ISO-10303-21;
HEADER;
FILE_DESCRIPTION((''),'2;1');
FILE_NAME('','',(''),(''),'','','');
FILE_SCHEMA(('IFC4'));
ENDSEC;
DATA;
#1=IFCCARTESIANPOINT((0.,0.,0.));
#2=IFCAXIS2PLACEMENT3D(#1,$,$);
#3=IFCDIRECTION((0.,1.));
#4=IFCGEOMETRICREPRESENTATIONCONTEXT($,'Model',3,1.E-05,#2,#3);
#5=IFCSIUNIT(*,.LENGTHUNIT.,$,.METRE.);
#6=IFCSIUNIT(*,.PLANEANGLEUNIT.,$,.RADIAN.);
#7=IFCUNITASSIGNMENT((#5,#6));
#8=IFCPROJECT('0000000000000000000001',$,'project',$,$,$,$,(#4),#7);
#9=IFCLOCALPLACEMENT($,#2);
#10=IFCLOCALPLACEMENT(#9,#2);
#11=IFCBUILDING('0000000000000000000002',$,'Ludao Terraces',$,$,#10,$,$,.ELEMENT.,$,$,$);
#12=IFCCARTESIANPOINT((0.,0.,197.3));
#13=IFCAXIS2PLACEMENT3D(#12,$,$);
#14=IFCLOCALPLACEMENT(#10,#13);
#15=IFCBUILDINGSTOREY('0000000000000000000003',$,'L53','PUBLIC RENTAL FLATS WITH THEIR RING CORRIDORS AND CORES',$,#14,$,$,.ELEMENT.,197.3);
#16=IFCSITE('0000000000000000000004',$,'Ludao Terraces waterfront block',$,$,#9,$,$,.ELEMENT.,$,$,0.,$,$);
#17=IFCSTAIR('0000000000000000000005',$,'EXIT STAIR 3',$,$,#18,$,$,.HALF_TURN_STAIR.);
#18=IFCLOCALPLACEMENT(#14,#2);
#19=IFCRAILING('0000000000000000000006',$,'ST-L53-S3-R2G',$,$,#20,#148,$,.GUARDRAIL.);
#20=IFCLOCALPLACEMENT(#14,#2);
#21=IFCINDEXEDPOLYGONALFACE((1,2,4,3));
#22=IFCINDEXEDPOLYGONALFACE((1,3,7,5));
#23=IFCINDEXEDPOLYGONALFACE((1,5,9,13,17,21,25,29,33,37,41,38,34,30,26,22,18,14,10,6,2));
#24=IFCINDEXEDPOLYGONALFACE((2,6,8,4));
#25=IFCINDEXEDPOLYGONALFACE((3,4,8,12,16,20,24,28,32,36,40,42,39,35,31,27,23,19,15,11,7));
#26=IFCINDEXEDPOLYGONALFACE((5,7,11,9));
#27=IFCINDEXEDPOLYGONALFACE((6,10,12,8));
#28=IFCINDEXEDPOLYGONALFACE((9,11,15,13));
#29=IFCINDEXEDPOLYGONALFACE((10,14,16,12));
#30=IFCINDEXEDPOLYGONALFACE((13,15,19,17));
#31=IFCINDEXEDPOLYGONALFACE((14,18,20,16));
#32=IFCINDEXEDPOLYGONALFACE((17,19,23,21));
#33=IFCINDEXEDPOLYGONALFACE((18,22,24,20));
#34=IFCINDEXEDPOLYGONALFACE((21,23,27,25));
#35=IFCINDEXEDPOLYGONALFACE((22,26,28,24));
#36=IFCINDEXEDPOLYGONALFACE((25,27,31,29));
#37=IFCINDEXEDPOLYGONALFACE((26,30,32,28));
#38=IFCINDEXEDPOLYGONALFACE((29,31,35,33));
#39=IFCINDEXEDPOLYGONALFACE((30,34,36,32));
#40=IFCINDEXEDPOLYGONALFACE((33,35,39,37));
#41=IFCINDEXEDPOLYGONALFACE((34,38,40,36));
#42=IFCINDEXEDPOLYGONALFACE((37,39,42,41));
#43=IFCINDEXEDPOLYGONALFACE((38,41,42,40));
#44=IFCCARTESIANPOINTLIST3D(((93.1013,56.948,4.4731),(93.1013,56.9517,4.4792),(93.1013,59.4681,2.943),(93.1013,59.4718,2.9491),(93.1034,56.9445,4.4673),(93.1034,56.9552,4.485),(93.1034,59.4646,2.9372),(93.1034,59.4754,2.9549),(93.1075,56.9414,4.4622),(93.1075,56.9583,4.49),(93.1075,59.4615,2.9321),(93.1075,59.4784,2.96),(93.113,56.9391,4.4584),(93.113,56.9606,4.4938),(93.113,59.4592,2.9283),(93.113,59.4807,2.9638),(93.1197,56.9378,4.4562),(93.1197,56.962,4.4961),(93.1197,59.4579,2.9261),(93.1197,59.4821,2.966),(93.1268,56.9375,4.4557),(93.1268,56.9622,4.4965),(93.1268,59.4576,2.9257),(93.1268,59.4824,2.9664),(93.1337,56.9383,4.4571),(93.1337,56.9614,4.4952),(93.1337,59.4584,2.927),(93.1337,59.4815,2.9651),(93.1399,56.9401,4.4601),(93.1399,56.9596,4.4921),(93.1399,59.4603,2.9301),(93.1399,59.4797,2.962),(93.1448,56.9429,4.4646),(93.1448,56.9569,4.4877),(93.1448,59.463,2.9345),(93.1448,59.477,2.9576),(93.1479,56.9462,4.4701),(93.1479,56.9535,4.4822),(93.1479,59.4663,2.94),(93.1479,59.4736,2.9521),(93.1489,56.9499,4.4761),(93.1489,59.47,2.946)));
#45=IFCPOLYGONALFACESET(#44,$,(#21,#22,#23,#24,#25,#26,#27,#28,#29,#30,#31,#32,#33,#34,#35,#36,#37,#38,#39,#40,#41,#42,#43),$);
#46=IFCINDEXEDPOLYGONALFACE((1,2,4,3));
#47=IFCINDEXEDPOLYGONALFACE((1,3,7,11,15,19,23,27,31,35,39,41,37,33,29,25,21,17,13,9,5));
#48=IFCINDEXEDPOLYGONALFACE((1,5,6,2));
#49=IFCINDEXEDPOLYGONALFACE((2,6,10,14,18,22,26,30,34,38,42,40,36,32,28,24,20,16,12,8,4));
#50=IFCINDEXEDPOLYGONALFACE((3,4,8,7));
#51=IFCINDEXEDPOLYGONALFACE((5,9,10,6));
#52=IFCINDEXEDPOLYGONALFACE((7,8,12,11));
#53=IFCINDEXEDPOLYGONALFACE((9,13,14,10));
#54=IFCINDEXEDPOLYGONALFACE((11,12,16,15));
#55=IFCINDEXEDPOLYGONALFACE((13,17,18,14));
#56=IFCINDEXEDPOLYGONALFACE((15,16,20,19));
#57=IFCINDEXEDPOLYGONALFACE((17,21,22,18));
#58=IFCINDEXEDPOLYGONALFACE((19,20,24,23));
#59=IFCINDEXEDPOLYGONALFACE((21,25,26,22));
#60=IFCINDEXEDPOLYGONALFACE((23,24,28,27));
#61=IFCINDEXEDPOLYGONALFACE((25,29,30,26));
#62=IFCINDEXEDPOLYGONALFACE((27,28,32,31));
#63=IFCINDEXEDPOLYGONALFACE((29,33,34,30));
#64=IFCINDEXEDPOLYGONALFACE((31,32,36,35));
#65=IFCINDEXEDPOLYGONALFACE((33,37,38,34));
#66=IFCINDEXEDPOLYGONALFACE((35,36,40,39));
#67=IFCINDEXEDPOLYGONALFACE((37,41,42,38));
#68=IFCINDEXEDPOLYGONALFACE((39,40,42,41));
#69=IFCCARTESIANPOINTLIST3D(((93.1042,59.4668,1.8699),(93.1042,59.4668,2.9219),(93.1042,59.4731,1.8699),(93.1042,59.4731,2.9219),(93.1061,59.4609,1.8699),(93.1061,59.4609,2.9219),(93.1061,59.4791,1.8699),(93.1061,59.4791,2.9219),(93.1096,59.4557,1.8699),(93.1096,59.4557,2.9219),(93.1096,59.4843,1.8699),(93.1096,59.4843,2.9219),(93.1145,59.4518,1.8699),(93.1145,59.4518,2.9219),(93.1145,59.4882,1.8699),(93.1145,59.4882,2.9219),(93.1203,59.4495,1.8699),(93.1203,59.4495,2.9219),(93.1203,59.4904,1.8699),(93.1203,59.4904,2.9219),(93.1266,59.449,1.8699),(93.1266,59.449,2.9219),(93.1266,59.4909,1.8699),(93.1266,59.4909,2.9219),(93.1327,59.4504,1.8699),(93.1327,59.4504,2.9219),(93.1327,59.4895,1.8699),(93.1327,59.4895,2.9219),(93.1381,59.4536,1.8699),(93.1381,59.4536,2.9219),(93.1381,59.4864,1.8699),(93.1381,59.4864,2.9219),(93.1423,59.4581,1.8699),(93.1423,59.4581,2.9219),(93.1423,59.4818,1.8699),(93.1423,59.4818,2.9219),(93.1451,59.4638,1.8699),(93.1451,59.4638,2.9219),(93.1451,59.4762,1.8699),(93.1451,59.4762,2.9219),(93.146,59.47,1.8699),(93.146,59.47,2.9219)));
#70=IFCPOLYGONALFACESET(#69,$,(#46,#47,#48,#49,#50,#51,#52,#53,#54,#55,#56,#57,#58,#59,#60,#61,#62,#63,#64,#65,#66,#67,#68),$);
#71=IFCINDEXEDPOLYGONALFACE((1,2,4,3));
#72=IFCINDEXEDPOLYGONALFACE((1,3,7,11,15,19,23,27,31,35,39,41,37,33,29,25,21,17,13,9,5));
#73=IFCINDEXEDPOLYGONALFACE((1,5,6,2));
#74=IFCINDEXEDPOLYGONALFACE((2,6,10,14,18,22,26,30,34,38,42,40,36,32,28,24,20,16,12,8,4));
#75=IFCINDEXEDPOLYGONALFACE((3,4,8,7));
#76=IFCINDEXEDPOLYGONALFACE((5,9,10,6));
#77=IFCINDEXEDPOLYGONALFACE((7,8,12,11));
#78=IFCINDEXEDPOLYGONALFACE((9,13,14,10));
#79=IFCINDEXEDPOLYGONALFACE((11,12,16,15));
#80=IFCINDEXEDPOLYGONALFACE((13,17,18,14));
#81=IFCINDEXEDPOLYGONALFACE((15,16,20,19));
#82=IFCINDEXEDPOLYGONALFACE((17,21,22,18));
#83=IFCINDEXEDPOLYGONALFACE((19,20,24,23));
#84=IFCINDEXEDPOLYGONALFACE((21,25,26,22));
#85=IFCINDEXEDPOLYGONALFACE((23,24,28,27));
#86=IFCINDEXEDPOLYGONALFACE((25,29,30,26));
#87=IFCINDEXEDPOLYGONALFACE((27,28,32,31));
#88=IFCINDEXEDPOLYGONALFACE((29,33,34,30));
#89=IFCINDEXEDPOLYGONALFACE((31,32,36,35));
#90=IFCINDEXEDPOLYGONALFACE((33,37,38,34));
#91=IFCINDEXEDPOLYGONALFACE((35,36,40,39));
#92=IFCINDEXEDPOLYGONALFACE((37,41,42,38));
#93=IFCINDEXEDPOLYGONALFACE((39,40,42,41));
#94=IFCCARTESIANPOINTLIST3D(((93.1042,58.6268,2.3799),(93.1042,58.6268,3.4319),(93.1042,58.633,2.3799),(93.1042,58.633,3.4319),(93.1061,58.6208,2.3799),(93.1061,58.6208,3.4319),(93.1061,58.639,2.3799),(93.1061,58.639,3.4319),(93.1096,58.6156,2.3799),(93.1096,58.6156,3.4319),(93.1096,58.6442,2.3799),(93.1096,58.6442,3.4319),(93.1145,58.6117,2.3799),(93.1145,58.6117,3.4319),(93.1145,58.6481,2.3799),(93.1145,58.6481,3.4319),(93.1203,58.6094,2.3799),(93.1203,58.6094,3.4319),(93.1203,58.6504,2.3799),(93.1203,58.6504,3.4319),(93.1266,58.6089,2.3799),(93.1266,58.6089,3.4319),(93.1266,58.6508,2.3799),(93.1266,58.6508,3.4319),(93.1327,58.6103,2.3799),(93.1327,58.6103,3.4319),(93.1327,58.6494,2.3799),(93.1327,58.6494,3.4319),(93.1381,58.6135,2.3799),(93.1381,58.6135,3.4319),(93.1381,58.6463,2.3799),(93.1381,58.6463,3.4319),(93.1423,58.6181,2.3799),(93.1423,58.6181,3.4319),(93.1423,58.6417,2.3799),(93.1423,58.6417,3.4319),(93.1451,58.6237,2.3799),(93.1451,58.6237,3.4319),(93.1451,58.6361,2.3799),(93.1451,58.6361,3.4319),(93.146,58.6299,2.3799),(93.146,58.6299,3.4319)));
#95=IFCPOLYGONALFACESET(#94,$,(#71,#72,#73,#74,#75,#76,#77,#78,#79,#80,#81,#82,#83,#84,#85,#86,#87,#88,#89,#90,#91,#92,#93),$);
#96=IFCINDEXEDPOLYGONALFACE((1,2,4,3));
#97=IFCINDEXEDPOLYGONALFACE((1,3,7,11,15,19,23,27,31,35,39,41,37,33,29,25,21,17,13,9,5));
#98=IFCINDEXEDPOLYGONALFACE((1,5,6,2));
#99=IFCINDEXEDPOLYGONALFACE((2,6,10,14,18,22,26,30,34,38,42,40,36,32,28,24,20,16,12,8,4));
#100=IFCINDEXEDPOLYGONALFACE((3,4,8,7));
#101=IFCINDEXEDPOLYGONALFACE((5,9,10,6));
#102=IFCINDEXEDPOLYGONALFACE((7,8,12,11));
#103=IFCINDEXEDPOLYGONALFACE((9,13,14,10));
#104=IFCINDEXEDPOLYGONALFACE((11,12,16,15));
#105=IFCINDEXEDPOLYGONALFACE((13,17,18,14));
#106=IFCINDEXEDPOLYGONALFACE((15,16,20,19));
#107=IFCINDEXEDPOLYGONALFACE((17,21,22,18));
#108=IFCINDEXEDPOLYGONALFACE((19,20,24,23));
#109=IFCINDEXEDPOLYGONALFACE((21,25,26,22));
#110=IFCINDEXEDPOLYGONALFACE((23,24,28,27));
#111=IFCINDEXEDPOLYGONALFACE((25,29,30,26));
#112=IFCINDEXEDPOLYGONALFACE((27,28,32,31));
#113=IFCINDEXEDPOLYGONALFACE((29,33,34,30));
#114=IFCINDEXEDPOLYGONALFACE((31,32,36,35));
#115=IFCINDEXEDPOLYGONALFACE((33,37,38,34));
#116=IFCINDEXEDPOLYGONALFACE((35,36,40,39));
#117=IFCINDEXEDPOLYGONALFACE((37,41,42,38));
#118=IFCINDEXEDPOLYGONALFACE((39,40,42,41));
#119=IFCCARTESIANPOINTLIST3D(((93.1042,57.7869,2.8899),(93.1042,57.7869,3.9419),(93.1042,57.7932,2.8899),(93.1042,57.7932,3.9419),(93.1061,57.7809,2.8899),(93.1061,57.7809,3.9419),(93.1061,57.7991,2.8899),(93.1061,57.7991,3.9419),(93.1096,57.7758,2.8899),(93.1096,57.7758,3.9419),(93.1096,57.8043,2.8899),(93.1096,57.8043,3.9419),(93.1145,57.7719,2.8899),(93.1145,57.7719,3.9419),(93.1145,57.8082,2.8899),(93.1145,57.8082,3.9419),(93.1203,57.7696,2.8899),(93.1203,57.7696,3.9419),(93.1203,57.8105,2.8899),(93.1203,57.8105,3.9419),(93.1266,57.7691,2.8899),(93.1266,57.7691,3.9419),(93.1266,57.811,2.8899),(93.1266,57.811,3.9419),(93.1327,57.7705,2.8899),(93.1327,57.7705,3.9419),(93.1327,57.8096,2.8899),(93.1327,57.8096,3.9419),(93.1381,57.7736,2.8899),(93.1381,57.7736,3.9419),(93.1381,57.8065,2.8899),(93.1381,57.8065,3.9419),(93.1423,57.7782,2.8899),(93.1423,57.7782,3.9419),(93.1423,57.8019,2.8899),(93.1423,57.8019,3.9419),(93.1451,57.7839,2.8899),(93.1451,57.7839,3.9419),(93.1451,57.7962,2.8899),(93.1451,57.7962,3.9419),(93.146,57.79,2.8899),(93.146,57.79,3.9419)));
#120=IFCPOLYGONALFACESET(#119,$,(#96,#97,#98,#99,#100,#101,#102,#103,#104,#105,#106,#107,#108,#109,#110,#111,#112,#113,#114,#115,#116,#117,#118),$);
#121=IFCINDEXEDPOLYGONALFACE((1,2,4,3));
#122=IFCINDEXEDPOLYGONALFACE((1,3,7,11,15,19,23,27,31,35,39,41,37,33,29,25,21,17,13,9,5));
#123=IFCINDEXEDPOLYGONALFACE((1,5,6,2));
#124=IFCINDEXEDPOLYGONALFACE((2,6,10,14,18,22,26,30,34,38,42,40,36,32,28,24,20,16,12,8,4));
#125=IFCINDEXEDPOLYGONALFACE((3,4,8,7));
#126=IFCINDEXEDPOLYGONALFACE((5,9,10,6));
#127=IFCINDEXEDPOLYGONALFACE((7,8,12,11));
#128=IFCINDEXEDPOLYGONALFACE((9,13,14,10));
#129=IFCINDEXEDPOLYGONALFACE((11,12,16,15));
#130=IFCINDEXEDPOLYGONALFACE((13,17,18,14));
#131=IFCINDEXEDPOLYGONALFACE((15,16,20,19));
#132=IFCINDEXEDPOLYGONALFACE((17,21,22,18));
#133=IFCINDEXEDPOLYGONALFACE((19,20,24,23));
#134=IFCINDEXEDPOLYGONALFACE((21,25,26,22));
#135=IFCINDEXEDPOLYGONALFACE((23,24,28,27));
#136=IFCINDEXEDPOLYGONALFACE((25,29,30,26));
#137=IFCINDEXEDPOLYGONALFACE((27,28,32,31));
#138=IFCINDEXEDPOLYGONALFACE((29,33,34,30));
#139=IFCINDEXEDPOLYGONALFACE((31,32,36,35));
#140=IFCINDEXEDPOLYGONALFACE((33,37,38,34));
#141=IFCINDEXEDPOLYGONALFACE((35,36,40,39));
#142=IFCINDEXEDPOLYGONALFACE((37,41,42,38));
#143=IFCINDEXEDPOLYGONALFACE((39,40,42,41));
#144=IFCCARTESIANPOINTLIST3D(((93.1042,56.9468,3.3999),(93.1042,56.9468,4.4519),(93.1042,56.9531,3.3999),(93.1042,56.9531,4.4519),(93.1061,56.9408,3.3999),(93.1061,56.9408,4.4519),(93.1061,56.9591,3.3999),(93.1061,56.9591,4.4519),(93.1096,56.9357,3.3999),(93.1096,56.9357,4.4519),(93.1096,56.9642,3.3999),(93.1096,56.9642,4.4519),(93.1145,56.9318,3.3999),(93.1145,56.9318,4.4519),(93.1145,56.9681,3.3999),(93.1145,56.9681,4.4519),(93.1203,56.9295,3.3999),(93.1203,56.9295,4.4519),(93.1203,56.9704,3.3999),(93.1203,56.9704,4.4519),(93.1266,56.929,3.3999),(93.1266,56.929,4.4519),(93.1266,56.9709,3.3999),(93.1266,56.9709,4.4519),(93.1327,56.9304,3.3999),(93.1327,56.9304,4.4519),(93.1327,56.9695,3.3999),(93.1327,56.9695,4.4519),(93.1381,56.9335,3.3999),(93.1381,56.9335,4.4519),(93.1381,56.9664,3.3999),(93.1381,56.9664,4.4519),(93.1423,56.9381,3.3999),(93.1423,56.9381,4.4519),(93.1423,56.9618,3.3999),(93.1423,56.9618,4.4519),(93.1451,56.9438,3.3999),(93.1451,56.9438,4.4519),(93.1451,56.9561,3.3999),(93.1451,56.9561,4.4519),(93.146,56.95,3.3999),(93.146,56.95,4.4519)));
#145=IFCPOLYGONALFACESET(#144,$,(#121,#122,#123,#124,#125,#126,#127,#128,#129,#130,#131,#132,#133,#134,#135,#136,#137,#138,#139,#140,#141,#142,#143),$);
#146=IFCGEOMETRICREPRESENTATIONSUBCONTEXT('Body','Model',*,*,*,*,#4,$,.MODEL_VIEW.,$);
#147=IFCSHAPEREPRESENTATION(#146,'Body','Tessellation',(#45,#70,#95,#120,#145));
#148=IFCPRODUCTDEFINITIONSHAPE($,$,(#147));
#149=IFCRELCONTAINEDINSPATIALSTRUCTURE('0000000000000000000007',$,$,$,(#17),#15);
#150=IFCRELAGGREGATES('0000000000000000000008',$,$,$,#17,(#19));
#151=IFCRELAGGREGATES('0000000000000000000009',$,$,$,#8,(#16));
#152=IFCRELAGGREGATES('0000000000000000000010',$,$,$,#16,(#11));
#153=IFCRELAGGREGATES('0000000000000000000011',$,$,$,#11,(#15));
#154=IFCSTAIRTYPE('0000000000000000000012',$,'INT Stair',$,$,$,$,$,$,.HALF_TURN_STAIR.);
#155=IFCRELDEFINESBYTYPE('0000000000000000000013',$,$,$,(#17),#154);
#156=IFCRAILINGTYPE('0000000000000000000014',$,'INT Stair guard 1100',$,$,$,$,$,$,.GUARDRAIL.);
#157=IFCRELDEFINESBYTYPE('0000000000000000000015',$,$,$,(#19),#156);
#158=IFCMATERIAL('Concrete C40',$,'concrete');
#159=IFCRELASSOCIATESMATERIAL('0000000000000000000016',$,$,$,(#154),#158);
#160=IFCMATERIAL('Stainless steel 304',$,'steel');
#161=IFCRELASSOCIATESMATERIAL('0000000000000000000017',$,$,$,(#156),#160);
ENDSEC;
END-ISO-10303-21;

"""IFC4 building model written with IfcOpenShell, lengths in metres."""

from ifc_helpers import new_model, si_unit, direction, frame, origin, origin_2d, place, context, subcontext, project, spatial, circle, extrude, material, type_object, element, aggregate, save


model = new_model("IFC4")

# Units and contexts
model_context = context("Model", 3, precision=1e-05, world=origin(), true_north=direction((0.0, 1.0)))
body_context = subcontext(model_context, "Body", "Model", "MODEL_VIEW")
ifc_project = project(units=[si_unit("LENGTHUNIT", "METRE"), si_unit("PLANEANGLEUNIT", "RADIAN")], contexts=[model_context])

# Site, building, storey
site_placement = place(None, origin())
site = spatial("IfcSite", under=ifc_project, at=site_placement, Name="Ludao Terraces waterfront block", CompositionType="ELEMENT", RefElevation=0.0)
building_placement = place(site_placement, origin())
building = spatial("IfcBuilding", under=site, at=building_placement, Name="Ludao Terraces", CompositionType="ELEMENT")
storey_placement = place(building_placement, frame((0.0, 0.0, 197.3)))
storey = spatial("IfcBuildingStorey", under=building, at=storey_placement, Name="L53", Description="PUBLIC RENTAL FLATS WITH THEIR RING CORRIDORS AND CORES", CompositionType="ELEMENT", Elevation=197.3)

# Shared definitions
ifc_material_1 = material(Name="Concrete C40", Category="concrete")

# Stair, railing
stair_type = type_object("IfcStairType", Name="INT Stair", PredefinedType="HALF_TURN_STAIR", material=ifc_material_1)
stair_placement = place(storey_placement, origin())
stair = element("IfcStair", 1, at=stair_placement, inside=storey, type_object=stair_type, Name="EXIT STAIR 3", PredefinedType="HALF_TURN_STAIR")
ifc_material_2 = material(Name="Stainless steel 304", Category="steel")
railing_type_1 = type_object("IfcRailingType", Name="INT Stair guard 1100", PredefinedType="GUARDRAIL", material=ifc_material_2)
railing_1_placement = place(storey_placement, frame((93.125, 59.47, 1.8699)))
railing_1 = element("IfcRailing", 2, at=railing_1_placement, type_object=railing_type_1, Name="ST-L53-S3-R2G", PredefinedType="GUARDRAIL", context=body_context, shape_type="SweptSolid", body=[
    extrude(circle(Radius=0.0239, at=origin_2d()), frame((0.0, 0.0, 1.0762), z_axis=(0.0, -0.854785, 0.518982), x_axis=(1.0, 0.0, 0.0)), (0.0, 0.0, 1.0), 2.9482),
    extrude(circle(Radius=0.021, at=origin_2d()), origin(), (0.0, 0.0, 1.0), 1.052),
    extrude(circle(Radius=0.021, at=origin_2d()), frame((0.0, -0.8401, 0.51)), (0.0, 0.0, 1.0), 1.052),
    extrude(circle(Radius=0.021, at=origin_2d()), frame((0.0, -1.6799, 1.02)), (0.0, 0.0, 1.0), 1.052),
    extrude(circle(Radius=0.021, at=origin_2d()), frame((0.0, -2.52, 1.53)), (0.0, 0.0, 1.0), 1.052),
])
aggregate(stair, [railing_1])

save(model, "model.ifc")
